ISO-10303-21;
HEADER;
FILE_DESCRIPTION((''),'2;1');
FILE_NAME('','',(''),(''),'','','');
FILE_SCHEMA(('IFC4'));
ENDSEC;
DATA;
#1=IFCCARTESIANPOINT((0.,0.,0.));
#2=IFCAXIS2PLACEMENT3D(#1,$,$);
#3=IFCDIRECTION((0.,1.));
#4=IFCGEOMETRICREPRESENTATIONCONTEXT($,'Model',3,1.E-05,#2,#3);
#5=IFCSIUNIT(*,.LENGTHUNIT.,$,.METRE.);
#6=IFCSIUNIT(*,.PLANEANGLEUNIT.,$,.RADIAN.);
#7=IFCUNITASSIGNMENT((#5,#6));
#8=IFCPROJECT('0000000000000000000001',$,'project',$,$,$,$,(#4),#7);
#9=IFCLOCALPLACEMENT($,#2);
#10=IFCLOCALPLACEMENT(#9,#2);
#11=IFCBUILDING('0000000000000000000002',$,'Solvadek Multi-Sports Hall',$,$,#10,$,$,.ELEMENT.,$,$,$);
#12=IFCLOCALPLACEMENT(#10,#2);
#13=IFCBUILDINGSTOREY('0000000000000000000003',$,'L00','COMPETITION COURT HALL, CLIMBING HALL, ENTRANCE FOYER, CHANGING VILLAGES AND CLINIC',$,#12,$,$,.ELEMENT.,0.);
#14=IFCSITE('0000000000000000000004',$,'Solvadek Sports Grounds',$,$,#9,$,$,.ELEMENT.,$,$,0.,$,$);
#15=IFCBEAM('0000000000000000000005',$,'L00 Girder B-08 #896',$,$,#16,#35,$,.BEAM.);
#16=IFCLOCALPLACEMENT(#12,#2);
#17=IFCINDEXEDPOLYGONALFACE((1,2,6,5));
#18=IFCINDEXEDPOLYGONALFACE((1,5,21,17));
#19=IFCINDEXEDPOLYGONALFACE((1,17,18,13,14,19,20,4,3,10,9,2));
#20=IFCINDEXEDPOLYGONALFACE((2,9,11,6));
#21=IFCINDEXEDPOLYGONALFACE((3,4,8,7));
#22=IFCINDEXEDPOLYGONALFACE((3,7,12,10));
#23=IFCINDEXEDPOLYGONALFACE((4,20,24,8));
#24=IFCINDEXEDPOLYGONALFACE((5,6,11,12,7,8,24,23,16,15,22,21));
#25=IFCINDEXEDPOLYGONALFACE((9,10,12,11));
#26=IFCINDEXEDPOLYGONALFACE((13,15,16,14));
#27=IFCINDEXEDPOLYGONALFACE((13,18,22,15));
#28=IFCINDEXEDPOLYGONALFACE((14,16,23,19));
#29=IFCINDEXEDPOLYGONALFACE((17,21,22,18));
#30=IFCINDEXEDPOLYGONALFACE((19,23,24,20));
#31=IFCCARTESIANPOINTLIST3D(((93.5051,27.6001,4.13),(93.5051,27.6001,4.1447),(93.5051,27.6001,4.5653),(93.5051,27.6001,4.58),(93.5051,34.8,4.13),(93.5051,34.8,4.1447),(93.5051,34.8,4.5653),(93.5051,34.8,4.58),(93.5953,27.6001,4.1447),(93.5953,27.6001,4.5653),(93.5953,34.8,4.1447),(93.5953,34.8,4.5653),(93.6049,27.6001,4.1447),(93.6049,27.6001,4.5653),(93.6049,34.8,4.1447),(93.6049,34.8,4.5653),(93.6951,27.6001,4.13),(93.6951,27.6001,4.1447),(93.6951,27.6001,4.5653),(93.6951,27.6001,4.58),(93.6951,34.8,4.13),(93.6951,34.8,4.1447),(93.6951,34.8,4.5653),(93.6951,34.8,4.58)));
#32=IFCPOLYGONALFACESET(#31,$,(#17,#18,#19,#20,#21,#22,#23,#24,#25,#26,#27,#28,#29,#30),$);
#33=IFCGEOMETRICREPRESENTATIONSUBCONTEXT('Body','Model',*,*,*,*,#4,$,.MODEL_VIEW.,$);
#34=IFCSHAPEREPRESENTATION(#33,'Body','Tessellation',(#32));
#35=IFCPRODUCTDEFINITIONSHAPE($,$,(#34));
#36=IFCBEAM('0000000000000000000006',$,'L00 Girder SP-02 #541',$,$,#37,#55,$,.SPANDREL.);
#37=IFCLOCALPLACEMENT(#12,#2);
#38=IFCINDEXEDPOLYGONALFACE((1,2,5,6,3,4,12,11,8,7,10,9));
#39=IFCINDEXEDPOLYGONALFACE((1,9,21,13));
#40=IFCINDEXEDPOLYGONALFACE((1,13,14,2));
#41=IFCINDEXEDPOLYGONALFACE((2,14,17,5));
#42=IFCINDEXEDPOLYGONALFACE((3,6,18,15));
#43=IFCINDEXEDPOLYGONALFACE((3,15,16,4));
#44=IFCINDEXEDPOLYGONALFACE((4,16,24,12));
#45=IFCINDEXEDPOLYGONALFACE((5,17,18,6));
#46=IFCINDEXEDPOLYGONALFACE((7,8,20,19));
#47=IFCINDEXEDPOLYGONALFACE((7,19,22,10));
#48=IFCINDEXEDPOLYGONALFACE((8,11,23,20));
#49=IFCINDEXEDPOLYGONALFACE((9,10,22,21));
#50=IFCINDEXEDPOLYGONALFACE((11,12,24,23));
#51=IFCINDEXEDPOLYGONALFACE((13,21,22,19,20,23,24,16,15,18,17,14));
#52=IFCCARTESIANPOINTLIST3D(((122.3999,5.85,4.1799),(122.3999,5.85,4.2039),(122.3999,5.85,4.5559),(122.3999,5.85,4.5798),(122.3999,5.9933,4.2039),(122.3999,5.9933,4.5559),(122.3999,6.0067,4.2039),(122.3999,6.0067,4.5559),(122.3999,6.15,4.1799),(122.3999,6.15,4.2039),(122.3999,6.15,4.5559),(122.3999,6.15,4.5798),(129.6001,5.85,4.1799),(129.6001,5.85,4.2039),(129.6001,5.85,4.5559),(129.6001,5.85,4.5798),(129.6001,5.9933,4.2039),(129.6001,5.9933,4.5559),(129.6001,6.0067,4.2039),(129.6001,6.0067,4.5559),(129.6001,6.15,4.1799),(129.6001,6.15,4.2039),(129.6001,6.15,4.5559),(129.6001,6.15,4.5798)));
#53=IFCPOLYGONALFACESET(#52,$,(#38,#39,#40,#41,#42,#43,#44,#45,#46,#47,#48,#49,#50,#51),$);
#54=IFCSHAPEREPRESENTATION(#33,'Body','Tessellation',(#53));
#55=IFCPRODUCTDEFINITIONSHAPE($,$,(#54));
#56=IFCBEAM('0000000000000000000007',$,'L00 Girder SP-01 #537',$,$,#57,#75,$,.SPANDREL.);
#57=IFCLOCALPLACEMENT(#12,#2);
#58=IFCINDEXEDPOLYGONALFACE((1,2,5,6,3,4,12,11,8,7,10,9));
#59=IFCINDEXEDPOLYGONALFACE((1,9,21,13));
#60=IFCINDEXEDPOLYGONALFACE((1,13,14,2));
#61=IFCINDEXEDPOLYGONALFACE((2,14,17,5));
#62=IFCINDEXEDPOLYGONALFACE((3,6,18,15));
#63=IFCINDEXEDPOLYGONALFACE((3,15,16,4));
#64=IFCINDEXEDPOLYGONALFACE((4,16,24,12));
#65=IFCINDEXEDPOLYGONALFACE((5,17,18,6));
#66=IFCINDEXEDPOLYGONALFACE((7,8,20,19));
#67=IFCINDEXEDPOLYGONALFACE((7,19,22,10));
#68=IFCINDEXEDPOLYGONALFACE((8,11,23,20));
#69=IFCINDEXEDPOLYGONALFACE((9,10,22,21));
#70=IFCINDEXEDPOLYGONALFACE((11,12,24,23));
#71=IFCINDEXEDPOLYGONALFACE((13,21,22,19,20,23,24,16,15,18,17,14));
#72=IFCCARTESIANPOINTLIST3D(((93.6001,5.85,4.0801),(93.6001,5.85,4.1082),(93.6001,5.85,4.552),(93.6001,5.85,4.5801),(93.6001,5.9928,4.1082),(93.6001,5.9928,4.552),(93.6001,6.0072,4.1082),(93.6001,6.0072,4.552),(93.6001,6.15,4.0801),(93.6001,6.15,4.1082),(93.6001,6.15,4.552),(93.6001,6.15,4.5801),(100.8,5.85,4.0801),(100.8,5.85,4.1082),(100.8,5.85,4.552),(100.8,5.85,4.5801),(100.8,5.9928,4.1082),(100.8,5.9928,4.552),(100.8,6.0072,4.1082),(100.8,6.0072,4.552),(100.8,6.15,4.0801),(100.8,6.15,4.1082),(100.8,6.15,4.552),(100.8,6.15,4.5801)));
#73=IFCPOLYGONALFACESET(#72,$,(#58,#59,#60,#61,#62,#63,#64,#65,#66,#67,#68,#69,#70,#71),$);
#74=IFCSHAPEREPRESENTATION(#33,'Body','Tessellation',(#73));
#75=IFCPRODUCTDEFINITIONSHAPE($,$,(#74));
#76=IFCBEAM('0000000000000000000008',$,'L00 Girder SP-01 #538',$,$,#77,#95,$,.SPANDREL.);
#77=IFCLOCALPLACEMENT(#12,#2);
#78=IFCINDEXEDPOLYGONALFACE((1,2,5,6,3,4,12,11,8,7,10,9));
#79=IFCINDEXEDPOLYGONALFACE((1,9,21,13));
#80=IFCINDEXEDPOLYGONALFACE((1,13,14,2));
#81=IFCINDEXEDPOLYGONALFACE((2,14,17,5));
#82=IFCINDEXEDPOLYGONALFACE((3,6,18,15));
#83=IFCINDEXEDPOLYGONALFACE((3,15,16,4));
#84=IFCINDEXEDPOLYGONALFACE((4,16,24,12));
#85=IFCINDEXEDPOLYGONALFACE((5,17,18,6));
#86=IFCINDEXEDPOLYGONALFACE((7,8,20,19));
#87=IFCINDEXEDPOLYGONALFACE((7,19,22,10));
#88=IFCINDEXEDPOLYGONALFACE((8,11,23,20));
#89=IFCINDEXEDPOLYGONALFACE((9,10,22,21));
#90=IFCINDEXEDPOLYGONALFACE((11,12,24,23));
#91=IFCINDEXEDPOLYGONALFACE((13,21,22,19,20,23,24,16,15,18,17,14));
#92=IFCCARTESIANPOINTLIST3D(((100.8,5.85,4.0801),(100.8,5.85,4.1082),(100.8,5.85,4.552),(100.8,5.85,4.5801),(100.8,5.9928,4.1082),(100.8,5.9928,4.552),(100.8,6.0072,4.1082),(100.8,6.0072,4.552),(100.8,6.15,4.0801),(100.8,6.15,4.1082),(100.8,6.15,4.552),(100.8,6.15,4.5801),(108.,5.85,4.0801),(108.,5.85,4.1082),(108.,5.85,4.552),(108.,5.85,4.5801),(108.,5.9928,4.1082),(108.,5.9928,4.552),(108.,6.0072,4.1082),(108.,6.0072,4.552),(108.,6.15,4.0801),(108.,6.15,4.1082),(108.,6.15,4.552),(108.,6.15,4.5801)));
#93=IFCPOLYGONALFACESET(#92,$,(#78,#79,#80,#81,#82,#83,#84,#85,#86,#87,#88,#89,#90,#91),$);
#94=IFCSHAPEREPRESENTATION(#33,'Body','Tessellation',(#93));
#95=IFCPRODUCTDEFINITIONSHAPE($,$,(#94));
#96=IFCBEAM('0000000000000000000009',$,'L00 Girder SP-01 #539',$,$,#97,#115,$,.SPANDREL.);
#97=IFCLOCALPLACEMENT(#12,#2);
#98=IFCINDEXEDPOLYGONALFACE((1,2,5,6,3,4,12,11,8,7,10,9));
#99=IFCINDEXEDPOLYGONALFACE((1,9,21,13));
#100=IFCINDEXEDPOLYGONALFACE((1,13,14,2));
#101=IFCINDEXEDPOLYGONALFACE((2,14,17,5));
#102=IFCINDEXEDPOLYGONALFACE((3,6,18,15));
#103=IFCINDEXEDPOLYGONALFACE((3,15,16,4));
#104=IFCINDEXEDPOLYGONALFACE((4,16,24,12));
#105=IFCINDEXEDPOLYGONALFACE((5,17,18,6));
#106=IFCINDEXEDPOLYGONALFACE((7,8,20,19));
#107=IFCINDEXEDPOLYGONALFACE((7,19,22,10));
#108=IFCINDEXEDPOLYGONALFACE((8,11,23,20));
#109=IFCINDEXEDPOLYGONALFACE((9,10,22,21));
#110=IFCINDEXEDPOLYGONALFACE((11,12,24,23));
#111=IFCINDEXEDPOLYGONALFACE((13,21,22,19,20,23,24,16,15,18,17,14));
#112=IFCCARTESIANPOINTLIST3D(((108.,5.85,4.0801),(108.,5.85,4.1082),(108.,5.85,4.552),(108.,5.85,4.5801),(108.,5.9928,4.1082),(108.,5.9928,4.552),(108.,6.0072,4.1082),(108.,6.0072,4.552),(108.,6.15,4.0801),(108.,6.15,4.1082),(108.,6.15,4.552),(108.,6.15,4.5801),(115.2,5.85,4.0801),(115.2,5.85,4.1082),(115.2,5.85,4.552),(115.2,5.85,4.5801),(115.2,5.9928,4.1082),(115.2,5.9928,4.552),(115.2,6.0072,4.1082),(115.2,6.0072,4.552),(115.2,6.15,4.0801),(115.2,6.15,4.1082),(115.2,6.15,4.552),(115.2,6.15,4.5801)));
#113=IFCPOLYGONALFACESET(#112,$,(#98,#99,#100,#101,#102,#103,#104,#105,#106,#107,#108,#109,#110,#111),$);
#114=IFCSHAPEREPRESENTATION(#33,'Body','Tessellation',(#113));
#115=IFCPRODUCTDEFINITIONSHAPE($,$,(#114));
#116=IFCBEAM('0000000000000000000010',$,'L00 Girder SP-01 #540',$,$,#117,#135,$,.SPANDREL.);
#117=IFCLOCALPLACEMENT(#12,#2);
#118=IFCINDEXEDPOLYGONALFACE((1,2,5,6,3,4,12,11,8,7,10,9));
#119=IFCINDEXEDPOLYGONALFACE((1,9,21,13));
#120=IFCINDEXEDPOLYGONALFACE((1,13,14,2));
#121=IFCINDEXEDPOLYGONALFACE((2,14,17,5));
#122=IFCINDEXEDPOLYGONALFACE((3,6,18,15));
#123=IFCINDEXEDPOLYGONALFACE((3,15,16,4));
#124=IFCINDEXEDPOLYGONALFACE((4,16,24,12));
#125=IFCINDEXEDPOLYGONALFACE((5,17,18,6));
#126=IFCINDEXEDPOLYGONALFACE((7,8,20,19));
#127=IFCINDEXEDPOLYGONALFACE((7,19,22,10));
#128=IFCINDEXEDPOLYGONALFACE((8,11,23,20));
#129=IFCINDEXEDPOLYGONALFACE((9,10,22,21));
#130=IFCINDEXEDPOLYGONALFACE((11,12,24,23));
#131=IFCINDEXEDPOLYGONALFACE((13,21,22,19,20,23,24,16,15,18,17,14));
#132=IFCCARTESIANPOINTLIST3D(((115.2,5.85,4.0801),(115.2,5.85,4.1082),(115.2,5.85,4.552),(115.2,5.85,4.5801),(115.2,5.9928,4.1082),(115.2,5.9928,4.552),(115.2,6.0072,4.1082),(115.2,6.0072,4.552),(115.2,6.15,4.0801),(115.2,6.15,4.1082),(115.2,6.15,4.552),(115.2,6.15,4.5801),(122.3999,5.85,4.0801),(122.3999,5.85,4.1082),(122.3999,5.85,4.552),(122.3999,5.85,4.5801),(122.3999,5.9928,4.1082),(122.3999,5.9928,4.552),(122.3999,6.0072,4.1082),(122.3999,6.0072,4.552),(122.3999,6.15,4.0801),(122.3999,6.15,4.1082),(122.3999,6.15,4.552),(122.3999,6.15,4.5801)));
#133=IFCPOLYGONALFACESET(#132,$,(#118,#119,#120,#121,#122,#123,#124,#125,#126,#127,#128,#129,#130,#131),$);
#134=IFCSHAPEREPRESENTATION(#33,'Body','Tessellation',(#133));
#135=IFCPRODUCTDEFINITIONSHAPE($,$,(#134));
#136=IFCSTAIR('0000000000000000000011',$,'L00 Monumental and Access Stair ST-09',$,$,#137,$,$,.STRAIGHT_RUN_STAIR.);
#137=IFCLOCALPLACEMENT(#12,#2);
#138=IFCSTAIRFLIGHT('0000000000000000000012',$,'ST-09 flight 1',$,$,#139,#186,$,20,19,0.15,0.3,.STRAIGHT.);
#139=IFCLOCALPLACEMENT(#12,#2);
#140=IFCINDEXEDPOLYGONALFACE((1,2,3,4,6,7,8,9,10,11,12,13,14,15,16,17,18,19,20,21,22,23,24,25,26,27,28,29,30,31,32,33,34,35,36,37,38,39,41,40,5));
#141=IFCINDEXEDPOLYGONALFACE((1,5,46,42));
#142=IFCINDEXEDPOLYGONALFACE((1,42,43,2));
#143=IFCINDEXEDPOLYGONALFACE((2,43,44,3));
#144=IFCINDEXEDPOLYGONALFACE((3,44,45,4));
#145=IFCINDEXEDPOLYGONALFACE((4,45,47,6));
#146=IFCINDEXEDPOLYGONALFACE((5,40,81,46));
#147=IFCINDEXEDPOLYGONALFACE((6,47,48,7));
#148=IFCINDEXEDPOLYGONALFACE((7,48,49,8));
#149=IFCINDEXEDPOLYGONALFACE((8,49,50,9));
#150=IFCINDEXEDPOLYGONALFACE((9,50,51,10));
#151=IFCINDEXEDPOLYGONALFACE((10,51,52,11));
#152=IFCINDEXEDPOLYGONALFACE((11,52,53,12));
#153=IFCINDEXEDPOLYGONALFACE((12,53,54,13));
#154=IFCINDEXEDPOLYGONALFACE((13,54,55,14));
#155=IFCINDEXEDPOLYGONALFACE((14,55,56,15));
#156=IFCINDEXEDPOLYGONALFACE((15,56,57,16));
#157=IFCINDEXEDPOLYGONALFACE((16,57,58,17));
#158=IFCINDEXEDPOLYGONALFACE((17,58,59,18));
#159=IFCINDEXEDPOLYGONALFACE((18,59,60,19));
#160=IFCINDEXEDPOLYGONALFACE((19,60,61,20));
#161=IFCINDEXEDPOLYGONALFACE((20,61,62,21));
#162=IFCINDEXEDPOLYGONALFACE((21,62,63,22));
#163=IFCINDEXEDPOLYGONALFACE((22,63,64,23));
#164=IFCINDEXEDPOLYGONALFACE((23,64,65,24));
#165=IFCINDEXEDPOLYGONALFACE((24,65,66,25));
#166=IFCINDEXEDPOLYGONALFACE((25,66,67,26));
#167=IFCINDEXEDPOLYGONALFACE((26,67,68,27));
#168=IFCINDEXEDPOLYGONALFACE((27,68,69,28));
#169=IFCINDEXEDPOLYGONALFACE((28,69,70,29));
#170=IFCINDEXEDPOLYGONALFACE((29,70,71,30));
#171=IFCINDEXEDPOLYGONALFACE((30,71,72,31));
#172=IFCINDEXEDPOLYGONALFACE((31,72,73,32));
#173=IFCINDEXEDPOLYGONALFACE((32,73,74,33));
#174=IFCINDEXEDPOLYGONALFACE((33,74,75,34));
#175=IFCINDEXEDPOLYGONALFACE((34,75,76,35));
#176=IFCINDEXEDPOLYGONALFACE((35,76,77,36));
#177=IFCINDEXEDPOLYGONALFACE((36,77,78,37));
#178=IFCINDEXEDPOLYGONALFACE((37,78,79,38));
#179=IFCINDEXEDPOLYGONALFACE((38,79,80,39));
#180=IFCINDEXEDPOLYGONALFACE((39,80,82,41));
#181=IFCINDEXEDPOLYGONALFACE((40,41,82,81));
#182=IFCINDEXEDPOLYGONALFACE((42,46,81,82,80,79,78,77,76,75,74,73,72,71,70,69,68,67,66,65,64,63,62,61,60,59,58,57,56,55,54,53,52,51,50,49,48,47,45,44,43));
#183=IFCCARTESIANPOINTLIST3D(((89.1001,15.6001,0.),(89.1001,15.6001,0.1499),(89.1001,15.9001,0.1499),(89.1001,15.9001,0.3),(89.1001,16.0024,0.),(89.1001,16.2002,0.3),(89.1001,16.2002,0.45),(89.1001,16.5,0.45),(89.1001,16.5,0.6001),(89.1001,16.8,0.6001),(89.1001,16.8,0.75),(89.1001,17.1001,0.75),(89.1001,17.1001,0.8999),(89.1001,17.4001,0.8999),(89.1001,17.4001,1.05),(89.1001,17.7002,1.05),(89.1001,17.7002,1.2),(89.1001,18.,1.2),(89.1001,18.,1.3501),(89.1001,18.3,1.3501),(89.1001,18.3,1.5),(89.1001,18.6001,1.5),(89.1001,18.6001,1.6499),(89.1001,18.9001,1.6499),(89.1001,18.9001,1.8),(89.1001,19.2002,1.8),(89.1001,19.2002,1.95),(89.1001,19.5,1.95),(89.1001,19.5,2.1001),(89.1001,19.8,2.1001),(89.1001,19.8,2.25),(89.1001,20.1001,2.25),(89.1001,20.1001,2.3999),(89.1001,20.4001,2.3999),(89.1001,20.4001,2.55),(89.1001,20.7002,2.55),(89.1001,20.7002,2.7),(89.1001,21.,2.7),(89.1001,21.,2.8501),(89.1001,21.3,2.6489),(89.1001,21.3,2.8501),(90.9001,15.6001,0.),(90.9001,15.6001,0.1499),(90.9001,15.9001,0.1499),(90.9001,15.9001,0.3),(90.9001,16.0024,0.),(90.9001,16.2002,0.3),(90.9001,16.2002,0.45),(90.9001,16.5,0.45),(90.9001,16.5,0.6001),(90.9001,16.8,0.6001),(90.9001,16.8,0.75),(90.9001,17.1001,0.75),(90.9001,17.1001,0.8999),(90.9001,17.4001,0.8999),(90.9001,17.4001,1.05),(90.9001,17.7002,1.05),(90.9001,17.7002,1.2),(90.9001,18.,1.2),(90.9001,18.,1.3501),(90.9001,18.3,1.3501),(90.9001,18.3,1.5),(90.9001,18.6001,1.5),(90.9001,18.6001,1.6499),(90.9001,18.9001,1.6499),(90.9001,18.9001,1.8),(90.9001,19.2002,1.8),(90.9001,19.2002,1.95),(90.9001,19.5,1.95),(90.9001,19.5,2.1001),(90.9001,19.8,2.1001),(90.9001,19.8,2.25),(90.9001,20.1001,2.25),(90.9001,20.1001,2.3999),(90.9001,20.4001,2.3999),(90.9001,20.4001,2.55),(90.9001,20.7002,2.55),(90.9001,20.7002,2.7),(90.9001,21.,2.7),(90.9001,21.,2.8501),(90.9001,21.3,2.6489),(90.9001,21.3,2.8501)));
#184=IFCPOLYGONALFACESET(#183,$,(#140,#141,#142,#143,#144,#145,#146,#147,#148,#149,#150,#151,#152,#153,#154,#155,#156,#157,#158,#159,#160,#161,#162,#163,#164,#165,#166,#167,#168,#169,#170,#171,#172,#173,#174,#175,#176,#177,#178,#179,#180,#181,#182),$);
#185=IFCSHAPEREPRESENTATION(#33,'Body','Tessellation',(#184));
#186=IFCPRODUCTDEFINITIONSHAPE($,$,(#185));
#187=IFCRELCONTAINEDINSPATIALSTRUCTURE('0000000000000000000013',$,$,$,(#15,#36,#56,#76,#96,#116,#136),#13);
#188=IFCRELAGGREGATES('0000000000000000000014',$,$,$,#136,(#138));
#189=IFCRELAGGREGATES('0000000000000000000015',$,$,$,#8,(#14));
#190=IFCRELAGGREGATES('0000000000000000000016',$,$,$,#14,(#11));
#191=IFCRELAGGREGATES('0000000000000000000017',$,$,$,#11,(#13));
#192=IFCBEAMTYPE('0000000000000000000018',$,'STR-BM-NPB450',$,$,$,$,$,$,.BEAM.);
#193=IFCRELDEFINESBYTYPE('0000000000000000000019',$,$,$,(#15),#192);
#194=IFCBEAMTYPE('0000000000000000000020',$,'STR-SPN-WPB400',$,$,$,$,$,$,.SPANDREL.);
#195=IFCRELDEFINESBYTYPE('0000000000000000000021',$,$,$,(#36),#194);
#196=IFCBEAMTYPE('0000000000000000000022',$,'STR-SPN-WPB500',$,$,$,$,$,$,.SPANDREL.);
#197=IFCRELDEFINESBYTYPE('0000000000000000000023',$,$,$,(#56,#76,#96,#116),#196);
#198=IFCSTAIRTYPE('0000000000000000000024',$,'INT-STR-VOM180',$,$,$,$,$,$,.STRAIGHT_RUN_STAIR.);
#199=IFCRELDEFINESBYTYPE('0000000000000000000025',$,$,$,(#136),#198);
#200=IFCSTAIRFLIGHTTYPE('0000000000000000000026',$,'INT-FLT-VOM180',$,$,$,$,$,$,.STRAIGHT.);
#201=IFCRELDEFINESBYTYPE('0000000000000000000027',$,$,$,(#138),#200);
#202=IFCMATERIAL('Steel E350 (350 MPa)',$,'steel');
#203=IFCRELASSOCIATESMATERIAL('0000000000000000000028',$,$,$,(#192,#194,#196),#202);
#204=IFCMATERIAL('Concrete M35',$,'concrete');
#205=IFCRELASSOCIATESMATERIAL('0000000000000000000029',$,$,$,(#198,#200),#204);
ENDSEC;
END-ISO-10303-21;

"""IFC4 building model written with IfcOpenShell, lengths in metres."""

from ifc_helpers import new_model, si_unit, direction, frame, origin, origin_2d, place, context, subcontext, project, spatial, polyline, i_section, outline, extrude, material, material_profile, profile_set, type_object, element, aggregate, save


model = new_model("IFC4")

# Units and contexts
model_context = context("Model", 3, precision=1e-05, world=origin(), true_north=direction((0.0, 1.0)))
body_context = subcontext(model_context, "Body", "Model", "MODEL_VIEW")
ifc_project = project(units=[si_unit("LENGTHUNIT", "METRE"), si_unit("PLANEANGLEUNIT", "RADIAN")], contexts=[model_context])

# Site, building, storey
site_placement = place(None, origin())
site = spatial("IfcSite", under=ifc_project, at=site_placement, Name="Solvadek Sports Grounds", CompositionType="ELEMENT", RefElevation=0.0)
building_placement = place(site_placement, origin())
building = spatial("IfcBuilding", under=site, at=building_placement, Name="Solvadek Multi-Sports Hall", CompositionType="ELEMENT")
storey_placement = place(building_placement, origin())
storey = spatial("IfcBuildingStorey", under=building, at=storey_placement, Name="L00", Description="COMPETITION COURT HALL, CLIMBING HALL, ENTRANCE FOYER, CHANGING VILLAGES AND CLINIC", CompositionType="ELEMENT", Elevation=0.0)

# Shared definitions
ifc_material_1 = material(Name="Steel E350 (350 MPa)", Category="steel")

# Beams
ifc_material_profile_1 = material_profile(ifc_material_1, i_section(OverallWidth=0.1899, OverallDepth=0.45, WebThickness=0.0095, FlangeThickness=0.0146, at=origin_2d()), Name="NPB 450")
ifc_profile_set_1 = profile_set([ifc_material_profile_1], Name="Steel E350 (350 MPa)")
beam_type_1 = type_object("IfcBeamType", Name="STR-BM-NPB450", PredefinedType="BEAM", material=ifc_profile_set_1)
for number, where, z_axis, x_axis, name in (
    (1, (93.6001, 27.6001, 4.355), (0.0, 1.0, 0.0), (-1.0, 0.0, 0.0), "L00 Girder B-08 #896"),
):
    element("IfcBeam", number, at=place(storey_placement, frame(where, z_axis=z_axis, x_axis=x_axis)), inside=storey, type_object=beam_type_1, Name=name, PredefinedType="BEAM", context=body_context, shape_type="SweptSolid", body=[
        extrude(i_section(OverallWidth=0.1899, OverallDepth=0.45, WebThickness=0.0095, FlangeThickness=0.0146, at=origin_2d()), origin(), (0.0, 0.0, 1.0), 7.2),
    ])
ifc_material_profile_2 = material_profile(ifc_material_1, i_section(OverallWidth=0.3, OverallDepth=0.3999, WebThickness=0.0134, FlangeThickness=0.0239, at=origin_2d()), Name="WPB 400")
ifc_profile_set_2 = profile_set([ifc_material_profile_2], Name="Steel E350 (350 MPa)")
beam_type_2 = type_object("IfcBeamType", Name="STR-SPN-WPB400", PredefinedType="SPANDREL", material=ifc_profile_set_2)
beam_1_placement = place(storey_placement, frame((122.3999, 6.0, 4.3799), z_axis=(1.0, 0.0, 0.0), x_axis=(0.0, 1.0, 0.0)))
element("IfcBeam", 2, at=beam_1_placement, inside=storey, type_object=beam_type_2, Name="L00 Girder SP-02 #541", PredefinedType="SPANDREL", context=body_context, shape_type="SweptSolid", body=[
    extrude(i_section(OverallWidth=0.3, OverallDepth=0.3999, WebThickness=0.0134, FlangeThickness=0.0239, at=origin_2d()), origin(), (0.0, 0.0, 1.0), 7.2002),
])
ifc_material_profile_3 = material_profile(ifc_material_1, i_section(OverallWidth=0.3, OverallDepth=0.5, WebThickness=0.0144, FlangeThickness=0.0281, at=origin_2d()), Name="WPB 500")
ifc_profile_set_3 = profile_set([ifc_material_profile_3], Name="Steel E350 (350 MPa)")
beam_type_3 = type_object("IfcBeamType", Name="STR-SPN-WPB500", PredefinedType="SPANDREL", material=ifc_profile_set_3)
for number, where, z_axis, x_axis, name in (
    (3, (93.6001, 6.0, 4.3301), (1.0, 0.0, 0.0), (0.0, 1.0, 0.0), "L00 Girder SP-01 #537"),
    (4, (100.8, 6.0, 4.3301), (1.0, 0.0, 0.0), (0.0, 1.0, 0.0), "L00 Girder SP-01 #538"),
    (5, (108.0, 6.0, 4.3301), (1.0, 0.0, 0.0), (0.0, 1.0, 0.0), "L00 Girder SP-01 #539"),
    (6, (115.2, 6.0, 4.3301), (1.0, 0.0, 0.0), (0.0, 1.0, 0.0), "L00 Girder SP-01 #540"),
):
    element("IfcBeam", number, at=place(storey_placement, frame(where, z_axis=z_axis, x_axis=x_axis)), inside=storey, type_object=beam_type_3, Name=name, PredefinedType="SPANDREL", context=body_context, shape_type="SweptSolid", body=[
        extrude(i_section(OverallWidth=0.3, OverallDepth=0.5, WebThickness=0.0144, FlangeThickness=0.0281, at=origin_2d()), origin(), (0.0, 0.0, 1.0), 7.2),
    ])

# Stair, stair flight
ifc_material_2 = material(Name="Concrete M35", Category="concrete")
stair_type = type_object("IfcStairType", Name="INT-STR-VOM180", PredefinedType="STRAIGHT_RUN_STAIR", material=ifc_material_2)
stair_placement = place(storey_placement, origin())
stair = element("IfcStair", 7, at=stair_placement, inside=storey, type_object=stair_type, Name="L00 Monumental and Access Stair ST-09", PredefinedType="STRAIGHT_RUN_STAIR")
stair_flight_type = type_object("IfcStairFlightType", Name="INT-FLT-VOM180", PredefinedType="STRAIGHT", material=ifc_material_2)
stair_flight_1_placement = place(storey_placement, frame((90.0, 15.6001, 0.0), z_axis=(0.0, 0.0, 1.0), x_axis=(0.0, 1.0, 0.0)))
stair_flight_1 = element("IfcStairFlight", 8, at=stair_flight_1_placement, type_object=stair_flight_type, Name="ST-09 flight 1", NumberOfRisers=20, NumberOfTreads=19, PredefinedType="STRAIGHT", RiserHeight=0.15, TreadLength=0.3, context=body_context, shape_type="SweptSolid", body=[
    extrude(outline(polyline([(0.0, 0.0), (0.0, 0.1499), (0.3, 0.1499), (0.3, 0.3), (0.6001, 0.3), (0.6001, 0.45), (0.8999, 0.45), (0.8999, 0.6001), (1.2, 0.6001), (1.2, 0.75), (1.5, 0.75), (1.5, 0.8999), (1.8, 0.8999), (1.8, 1.05), (2.1001, 1.05), (2.1001, 1.2), (2.3999, 1.2), (2.3999, 1.3501), (2.7, 1.3501), (2.7, 1.5), (3.0, 1.5), (3.0, 1.6499), (3.3, 1.6499), (3.3, 1.8), (3.6001, 1.8), (3.6001, 1.95), (3.8999, 1.95), (3.8999, 2.1001), (4.2, 2.1001), (4.2, 2.25), (4.5, 2.25), (4.5, 2.3999), (4.8, 2.3999), (4.8, 2.55), (5.1001, 2.55), (5.1001, 2.7), (5.3999, 2.7), (5.3999, 2.8501), (5.7, 2.8501), (5.7, 3.0), (5.7, 2.6489), (0.4023, 0.0), (0.0, 0.0)])), frame((0.0, 0.8999, 0.0), z_axis=(0.0, -1.0, 0.0), x_axis=(1.0, 0.0, 0.0)), (0.0, 0.0, 1.0), 1.8),
])
aggregate(stair, [stair_flight_1])

save(model, "model.ifc")
